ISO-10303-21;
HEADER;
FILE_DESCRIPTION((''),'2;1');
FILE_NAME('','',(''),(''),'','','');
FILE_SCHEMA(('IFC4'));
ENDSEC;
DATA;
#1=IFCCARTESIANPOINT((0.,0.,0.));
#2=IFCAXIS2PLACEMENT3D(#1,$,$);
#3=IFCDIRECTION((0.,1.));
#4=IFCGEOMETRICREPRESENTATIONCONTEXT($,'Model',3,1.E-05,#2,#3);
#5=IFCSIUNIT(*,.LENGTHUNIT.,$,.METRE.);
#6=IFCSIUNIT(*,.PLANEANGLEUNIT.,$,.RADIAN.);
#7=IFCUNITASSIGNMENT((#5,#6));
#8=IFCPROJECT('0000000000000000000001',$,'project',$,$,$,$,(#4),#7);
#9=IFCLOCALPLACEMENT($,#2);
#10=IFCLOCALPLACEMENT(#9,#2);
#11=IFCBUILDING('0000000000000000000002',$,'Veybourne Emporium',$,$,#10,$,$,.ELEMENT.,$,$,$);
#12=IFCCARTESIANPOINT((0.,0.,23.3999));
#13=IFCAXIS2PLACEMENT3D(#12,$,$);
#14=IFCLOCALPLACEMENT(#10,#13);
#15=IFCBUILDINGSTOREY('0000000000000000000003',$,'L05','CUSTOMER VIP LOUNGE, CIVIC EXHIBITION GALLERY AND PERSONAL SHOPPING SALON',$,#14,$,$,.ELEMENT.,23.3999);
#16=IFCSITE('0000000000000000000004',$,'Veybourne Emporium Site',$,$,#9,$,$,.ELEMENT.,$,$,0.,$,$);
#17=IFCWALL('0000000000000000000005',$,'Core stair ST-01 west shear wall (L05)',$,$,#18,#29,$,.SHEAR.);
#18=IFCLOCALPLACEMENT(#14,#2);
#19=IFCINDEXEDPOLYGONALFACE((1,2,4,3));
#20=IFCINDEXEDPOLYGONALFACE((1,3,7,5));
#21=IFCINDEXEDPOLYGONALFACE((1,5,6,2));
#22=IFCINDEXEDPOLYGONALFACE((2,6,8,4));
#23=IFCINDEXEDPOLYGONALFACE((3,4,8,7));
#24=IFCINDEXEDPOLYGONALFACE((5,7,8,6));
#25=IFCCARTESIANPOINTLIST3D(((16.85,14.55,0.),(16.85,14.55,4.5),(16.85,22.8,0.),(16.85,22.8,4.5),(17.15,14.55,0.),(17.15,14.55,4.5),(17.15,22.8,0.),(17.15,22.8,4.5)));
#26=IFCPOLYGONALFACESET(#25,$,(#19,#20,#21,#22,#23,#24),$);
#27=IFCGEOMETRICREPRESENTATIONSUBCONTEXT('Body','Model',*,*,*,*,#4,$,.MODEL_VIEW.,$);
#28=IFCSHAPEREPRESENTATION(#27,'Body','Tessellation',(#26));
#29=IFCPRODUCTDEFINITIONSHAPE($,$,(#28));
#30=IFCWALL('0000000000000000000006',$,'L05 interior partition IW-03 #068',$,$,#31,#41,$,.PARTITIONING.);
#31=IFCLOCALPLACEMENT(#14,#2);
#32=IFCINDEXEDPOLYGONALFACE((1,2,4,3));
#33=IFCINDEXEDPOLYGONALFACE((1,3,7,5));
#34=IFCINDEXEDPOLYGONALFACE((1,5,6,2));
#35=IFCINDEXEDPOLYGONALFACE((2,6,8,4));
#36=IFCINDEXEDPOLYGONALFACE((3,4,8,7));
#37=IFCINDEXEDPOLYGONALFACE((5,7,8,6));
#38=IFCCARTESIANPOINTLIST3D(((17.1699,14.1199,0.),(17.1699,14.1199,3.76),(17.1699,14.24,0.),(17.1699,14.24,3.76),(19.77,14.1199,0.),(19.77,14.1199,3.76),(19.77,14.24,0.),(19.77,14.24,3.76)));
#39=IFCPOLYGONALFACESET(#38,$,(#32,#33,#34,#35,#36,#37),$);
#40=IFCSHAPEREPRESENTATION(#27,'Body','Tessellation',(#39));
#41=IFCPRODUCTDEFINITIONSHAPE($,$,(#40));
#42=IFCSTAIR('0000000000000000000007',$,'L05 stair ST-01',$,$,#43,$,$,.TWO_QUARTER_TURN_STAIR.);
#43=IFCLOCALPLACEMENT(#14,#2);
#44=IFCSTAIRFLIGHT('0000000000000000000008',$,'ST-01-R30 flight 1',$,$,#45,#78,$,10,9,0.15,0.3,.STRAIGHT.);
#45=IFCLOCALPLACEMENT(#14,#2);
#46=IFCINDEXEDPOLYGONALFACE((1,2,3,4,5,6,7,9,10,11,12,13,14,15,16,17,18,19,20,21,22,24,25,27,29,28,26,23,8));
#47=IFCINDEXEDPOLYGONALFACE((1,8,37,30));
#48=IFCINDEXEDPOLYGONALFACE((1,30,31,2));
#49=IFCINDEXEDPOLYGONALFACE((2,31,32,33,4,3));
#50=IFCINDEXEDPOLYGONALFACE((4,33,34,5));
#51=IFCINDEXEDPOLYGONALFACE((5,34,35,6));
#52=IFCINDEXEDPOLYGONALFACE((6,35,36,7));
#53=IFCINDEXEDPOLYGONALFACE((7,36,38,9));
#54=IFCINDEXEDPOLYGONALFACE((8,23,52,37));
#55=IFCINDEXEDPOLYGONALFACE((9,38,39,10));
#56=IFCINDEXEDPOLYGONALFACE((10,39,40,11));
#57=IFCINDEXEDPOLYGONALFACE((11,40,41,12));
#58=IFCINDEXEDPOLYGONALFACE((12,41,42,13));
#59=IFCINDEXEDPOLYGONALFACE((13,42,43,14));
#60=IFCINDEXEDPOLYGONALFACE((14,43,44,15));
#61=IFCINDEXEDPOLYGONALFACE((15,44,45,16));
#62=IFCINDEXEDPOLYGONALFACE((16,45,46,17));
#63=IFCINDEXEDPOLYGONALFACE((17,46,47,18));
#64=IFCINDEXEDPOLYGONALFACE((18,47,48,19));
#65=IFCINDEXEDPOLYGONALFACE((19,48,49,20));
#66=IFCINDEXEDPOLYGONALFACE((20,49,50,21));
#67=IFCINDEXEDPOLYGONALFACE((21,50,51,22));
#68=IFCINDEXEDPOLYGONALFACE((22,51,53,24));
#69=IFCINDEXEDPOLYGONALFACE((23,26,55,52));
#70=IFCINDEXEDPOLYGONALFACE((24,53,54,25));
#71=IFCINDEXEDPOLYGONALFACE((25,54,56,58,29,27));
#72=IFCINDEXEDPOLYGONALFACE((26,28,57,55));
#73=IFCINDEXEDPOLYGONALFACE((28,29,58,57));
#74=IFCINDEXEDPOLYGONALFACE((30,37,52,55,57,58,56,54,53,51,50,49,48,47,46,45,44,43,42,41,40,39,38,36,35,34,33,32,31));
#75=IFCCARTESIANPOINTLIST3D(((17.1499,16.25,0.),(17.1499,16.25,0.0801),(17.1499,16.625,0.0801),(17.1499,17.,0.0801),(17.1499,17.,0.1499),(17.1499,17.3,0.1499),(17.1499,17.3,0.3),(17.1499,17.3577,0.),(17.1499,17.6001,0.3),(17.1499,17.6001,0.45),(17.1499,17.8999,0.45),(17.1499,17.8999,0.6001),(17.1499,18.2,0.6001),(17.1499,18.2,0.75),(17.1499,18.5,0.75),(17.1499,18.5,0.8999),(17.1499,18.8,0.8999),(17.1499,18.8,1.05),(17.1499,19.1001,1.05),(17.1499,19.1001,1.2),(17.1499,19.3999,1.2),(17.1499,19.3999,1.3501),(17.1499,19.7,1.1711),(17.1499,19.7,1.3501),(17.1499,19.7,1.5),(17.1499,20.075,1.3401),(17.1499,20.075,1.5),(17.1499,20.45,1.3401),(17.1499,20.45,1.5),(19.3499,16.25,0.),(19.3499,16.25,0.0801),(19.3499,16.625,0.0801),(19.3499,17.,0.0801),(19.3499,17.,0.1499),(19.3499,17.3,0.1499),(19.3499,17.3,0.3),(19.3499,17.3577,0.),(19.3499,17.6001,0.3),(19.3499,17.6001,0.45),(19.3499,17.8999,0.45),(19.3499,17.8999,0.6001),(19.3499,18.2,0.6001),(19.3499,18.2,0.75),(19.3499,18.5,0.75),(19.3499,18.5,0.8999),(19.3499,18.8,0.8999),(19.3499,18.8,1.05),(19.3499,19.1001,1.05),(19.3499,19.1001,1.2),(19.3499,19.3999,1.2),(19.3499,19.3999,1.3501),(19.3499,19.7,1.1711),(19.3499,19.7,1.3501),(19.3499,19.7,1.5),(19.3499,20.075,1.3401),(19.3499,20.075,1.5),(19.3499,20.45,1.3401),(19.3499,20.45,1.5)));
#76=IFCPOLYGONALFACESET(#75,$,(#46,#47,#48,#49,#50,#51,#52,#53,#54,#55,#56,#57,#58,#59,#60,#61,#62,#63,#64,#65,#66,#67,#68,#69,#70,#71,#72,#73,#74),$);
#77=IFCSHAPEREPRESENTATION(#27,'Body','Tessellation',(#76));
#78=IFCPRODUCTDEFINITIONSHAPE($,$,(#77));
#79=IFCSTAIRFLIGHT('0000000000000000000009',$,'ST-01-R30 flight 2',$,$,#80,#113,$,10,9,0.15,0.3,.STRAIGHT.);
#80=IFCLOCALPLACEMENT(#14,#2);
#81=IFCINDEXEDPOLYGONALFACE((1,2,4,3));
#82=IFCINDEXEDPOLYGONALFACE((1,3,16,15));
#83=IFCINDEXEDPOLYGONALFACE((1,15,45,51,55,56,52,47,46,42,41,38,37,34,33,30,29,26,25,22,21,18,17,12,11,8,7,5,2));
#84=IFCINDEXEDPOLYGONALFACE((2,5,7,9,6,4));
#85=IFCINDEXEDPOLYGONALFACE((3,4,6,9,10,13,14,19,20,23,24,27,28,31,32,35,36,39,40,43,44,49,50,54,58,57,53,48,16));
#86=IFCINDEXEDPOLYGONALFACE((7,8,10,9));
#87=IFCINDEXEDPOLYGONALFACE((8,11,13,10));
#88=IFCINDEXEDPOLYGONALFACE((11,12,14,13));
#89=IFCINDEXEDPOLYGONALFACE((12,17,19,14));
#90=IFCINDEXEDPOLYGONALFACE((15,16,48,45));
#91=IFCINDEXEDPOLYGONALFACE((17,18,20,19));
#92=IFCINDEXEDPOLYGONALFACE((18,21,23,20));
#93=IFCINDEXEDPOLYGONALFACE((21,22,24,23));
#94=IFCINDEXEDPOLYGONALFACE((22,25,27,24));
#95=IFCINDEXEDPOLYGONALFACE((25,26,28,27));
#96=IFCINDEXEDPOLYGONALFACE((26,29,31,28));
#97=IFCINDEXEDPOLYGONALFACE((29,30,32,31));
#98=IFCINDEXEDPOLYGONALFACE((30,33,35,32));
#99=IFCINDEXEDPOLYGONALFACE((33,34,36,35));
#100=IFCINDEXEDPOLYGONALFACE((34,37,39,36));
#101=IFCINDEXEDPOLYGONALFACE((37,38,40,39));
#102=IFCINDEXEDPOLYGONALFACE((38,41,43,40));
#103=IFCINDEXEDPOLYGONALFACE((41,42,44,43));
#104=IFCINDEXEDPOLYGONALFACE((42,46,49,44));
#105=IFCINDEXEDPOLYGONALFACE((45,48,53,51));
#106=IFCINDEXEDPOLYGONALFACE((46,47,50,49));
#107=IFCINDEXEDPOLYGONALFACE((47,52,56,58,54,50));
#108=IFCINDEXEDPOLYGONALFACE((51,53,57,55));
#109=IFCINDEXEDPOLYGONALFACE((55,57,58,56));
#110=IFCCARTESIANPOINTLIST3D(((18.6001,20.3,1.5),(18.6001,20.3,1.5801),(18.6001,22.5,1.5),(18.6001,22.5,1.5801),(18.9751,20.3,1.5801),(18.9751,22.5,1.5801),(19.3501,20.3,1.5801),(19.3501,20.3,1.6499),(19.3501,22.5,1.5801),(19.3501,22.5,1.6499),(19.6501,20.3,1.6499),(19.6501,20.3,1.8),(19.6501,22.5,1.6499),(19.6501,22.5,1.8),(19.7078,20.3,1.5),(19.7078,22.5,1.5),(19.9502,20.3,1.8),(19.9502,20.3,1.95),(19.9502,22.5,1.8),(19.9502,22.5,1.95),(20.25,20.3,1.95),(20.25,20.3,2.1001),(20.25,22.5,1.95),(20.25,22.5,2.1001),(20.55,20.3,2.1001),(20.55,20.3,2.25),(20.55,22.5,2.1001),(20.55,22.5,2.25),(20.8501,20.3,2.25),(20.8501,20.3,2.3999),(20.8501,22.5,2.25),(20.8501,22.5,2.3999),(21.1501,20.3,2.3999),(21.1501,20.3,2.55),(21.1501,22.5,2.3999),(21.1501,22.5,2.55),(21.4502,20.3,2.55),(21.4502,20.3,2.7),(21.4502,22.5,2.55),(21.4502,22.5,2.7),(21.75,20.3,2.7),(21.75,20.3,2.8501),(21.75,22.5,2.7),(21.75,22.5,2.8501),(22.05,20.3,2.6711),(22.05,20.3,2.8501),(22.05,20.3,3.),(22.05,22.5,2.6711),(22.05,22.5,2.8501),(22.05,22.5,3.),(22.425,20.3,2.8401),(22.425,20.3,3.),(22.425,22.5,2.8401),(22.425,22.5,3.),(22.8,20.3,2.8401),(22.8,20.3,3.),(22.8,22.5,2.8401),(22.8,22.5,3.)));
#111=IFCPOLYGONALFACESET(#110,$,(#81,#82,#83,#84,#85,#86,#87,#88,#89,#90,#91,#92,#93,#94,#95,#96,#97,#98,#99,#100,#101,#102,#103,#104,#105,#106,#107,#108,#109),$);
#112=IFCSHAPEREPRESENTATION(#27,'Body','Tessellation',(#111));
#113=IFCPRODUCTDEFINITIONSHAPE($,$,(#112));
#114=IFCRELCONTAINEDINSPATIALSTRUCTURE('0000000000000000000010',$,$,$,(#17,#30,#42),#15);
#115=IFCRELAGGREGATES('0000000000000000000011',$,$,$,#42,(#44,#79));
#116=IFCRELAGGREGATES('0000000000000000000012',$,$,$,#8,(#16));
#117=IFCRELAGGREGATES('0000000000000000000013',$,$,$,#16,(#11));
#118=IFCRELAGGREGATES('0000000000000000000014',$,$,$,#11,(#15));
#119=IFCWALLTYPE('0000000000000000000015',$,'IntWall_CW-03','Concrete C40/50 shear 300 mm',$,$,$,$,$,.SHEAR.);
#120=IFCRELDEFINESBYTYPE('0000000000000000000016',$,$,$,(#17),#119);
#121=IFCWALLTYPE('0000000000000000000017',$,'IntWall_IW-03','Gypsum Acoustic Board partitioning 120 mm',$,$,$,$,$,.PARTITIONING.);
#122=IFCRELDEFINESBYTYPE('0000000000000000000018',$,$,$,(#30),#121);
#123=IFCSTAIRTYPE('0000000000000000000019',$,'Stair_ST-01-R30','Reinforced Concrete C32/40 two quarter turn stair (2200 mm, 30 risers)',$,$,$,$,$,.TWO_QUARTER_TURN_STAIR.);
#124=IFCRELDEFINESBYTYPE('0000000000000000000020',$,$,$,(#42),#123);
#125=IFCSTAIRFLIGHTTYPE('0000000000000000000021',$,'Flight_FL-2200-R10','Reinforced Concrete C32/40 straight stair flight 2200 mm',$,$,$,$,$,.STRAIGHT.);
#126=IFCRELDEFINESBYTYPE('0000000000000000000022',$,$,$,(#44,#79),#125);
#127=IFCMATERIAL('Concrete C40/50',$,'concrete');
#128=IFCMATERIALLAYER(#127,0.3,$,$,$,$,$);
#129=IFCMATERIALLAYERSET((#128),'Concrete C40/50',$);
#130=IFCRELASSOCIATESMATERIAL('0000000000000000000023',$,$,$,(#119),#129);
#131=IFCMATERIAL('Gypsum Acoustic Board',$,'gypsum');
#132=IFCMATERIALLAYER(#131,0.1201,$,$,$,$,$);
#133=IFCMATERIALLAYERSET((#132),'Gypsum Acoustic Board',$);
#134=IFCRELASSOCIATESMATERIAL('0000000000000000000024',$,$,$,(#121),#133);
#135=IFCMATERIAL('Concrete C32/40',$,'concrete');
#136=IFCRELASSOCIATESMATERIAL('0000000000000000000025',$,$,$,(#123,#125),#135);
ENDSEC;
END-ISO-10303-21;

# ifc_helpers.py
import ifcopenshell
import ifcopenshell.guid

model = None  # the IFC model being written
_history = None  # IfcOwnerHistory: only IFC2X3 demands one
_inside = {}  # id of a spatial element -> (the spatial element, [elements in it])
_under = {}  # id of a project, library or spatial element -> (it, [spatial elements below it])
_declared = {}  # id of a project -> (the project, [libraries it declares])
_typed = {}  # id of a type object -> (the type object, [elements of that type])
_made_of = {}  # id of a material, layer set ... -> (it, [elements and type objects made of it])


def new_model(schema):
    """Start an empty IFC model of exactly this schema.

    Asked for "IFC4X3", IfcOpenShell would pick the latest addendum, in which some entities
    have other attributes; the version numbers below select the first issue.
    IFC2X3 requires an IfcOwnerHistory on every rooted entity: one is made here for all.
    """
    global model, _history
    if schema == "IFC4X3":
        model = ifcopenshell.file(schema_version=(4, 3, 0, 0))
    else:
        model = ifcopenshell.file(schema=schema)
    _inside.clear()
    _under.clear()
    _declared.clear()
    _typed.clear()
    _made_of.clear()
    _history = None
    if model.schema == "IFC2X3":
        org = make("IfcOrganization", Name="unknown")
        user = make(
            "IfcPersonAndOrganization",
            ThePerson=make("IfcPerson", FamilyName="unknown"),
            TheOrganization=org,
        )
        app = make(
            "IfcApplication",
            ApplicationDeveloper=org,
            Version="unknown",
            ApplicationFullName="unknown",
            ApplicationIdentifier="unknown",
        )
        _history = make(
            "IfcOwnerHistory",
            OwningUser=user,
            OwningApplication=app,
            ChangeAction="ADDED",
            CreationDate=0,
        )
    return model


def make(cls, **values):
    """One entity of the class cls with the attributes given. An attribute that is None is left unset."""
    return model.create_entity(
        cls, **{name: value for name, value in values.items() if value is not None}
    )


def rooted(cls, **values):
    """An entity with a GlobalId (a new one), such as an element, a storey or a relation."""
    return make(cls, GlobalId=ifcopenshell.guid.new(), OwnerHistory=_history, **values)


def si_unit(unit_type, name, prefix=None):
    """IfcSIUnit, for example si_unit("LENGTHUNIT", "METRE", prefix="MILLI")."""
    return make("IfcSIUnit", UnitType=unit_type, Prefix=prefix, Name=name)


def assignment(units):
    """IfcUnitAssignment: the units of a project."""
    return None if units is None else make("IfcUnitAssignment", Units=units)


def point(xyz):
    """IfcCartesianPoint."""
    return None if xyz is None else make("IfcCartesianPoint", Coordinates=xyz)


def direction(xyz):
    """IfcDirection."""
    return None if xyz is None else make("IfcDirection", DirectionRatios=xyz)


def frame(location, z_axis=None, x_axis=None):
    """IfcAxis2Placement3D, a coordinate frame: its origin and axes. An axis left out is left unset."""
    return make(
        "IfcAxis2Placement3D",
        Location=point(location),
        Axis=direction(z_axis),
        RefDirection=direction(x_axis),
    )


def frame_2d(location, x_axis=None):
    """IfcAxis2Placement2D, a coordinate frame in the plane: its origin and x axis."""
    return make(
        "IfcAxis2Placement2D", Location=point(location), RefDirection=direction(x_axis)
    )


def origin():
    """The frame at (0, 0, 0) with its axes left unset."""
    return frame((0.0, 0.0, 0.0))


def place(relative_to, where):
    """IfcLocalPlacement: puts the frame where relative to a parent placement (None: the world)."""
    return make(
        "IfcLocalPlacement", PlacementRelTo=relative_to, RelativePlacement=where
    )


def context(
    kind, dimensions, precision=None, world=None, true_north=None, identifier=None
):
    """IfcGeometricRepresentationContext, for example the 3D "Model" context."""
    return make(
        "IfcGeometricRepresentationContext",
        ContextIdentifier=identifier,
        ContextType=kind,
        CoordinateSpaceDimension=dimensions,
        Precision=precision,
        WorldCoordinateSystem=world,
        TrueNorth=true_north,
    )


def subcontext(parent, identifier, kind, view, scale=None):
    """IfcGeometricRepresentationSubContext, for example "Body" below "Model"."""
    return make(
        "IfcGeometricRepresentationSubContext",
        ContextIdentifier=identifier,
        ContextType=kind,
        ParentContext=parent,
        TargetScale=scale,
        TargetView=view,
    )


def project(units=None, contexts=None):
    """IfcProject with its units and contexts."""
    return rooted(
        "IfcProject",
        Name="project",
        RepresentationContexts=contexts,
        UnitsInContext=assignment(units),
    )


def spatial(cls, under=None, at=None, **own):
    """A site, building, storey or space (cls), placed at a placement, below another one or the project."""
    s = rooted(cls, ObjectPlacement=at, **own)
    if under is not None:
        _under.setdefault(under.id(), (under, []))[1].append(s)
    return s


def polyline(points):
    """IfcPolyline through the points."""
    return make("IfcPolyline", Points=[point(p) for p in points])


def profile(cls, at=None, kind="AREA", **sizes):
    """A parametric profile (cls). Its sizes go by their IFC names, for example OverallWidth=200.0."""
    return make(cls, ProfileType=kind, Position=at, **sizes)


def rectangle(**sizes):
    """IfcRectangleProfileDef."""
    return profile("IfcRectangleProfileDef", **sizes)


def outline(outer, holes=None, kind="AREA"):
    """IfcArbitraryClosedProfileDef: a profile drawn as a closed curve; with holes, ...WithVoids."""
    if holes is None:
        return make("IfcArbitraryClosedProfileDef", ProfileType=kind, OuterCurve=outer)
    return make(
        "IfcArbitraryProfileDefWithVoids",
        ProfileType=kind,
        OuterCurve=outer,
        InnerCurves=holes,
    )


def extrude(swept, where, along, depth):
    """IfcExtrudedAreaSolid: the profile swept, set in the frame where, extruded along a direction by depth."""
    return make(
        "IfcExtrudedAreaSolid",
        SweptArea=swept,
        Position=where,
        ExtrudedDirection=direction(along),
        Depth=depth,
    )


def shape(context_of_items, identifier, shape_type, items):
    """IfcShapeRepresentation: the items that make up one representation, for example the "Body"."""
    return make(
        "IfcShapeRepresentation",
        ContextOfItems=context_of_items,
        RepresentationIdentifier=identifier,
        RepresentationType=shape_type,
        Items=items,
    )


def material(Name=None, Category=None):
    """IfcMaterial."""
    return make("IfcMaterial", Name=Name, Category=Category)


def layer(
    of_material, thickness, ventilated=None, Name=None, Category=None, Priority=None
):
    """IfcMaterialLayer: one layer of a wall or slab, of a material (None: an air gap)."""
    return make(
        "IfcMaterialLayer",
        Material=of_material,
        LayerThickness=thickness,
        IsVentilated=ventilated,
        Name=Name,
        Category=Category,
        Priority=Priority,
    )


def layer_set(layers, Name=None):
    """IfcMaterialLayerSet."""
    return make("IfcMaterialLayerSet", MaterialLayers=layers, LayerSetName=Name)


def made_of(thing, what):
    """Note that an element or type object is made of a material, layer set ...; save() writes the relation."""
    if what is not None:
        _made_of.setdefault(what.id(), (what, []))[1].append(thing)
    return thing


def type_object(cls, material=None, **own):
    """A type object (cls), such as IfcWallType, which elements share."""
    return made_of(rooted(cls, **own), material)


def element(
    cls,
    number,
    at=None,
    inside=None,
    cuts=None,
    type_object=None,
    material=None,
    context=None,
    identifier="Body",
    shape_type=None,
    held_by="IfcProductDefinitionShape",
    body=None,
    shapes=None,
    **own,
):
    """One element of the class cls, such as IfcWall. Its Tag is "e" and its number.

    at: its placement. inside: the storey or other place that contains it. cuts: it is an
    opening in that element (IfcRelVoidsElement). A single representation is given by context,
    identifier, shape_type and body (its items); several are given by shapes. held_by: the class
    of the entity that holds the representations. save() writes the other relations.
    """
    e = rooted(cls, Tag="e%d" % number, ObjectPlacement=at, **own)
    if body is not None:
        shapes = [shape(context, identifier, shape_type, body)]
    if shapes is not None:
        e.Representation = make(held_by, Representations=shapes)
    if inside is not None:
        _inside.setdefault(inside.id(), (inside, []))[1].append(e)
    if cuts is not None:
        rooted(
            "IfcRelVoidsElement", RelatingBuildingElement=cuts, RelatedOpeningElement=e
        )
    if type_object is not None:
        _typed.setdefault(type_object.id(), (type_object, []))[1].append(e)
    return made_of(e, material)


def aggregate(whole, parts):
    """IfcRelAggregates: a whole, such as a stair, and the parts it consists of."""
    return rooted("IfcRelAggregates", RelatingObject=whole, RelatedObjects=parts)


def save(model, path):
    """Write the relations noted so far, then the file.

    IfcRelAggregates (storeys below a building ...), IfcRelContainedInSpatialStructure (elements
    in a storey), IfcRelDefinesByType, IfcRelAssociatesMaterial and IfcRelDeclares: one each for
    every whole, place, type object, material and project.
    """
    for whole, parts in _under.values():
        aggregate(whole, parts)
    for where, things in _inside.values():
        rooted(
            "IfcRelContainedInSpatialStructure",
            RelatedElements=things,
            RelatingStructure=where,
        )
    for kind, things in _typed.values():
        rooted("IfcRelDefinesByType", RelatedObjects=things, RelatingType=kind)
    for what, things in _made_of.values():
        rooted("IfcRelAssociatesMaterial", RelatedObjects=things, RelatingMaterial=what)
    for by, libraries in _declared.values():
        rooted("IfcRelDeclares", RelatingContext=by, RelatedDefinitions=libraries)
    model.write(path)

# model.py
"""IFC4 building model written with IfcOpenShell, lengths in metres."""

from ifc_helpers import new_model, si_unit, direction, frame, frame_2d, origin, place, context, subcontext, project, spatial, polyline, rectangle, outline, extrude, material, layer, layer_set, type_object, element, aggregate, save


model = new_model("IFC4")

# Units and contexts
model_context = context("Model", 3, precision=1e-05, world=origin(), true_north=direction((0.0, 1.0)))
body_context = subcontext(model_context, "Body", "Model", "MODEL_VIEW")
ifc_project = project(units=[si_unit("LENGTHUNIT", "METRE"), si_unit("PLANEANGLEUNIT", "RADIAN")], contexts=[model_context])

# Site, building, storey
site_placement = place(None, origin())
site = spatial("IfcSite", under=ifc_project, at=site_placement, Name="Veybourne Emporium Site", CompositionType="ELEMENT", RefElevation=0.0)
building_placement = place(site_placement, origin())
building = spatial("IfcBuilding", under=site, at=building_placement, Name="Veybourne Emporium", CompositionType="ELEMENT")
storey_placement = place(building_placement, frame((0.0, 0.0, 23.3999)))
storey = spatial("IfcBuildingStorey", under=building, at=storey_placement, Name="L05", Description="CUSTOMER VIP LOUNGE, CIVIC EXHIBITION GALLERY AND PERSONAL SHOPPING SALON", CompositionType="ELEMENT", Elevation=23.3999)

# Shared definitions
ifc_material_1 = material(Name="Concrete C40/50", Category="concrete")

# Shared definitions
ifc_material_2 = material(Name="Concrete C32/40", Category="concrete")

# Walls
ifc_layer_1 = layer(ifc_material_1, 0.3)
ifc_layer_set_1 = layer_set([ifc_layer_1], Name="Concrete C40/50")
wall_type_1 = type_object("IfcWallType", Name="IntWall_CW-03", Description="Concrete C40/50 shear 300 mm", PredefinedType="SHEAR", material=ifc_layer_set_1)
wall_1_placement = place(storey_placement, frame((17.0, 22.8, 0.0), z_axis=(0.0, 0.0, 1.0), x_axis=(0.0, -1.0, 0.0)))
element("IfcWall", 1, at=wall_1_placement, inside=storey, type_object=wall_type_1, Name="Core stair ST-01 west shear wall (L05)", PredefinedType="SHEAR", context=body_context, shape_type="SweptSolid", body=[
    extrude(rectangle(XDim=8.25, YDim=0.3, at=frame_2d((4.125, 0.0))), origin(), (0.0, 0.0, 1.0), 4.5),
])
ifc_material_3 = material(Name="Gypsum Acoustic Board", Category="gypsum")
ifc_layer_2 = layer(ifc_material_3, 0.1201)
ifc_layer_set_2 = layer_set([ifc_layer_2], Name="Gypsum Acoustic Board")
wall_type_2 = type_object("IfcWallType", Name="IntWall_IW-03", Description="Gypsum Acoustic Board partitioning 120 mm", PredefinedType="PARTITIONING", material=ifc_layer_set_2)
wall_2_placement = place(storey_placement, frame((17.1699, 14.1799, 0.0), z_axis=(0.0, 0.0, 1.0), x_axis=(1.0, 0.0, 0.0)))
element("IfcWall", 2, at=wall_2_placement, inside=storey, type_object=wall_type_2, Name="L05 interior partition IW-03 #068", PredefinedType="PARTITIONING", context=body_context, shape_type="SweptSolid", body=[
    extrude(rectangle(XDim=2.6001, YDim=0.1201, at=frame_2d((1.3, 0.0))), origin(), (0.0, 0.0, 1.0), 3.76),
])

# Stair, stair flights
stair_type = type_object("IfcStairType", Name="Stair_ST-01-R30", Description="Reinforced Concrete C32/40 two quarter turn stair (2200 mm, 30 risers)", PredefinedType="TWO_QUARTER_TURN_STAIR", material=ifc_material_2)
stair_placement = place(storey_placement, origin())
stair = element("IfcStair", 3, at=stair_placement, inside=storey, type_object=stair_type, Name="L05 stair ST-01", PredefinedType="TWO_QUARTER_TURN_STAIR")
stair_flight_type = type_object("IfcStairFlightType", Name="Flight_FL-2200-R10", Description="Reinforced Concrete C32/40 straight stair flight 2200 mm", PredefinedType="STRAIGHT", material=ifc_material_2)
stair_flight_1_placement = place(storey_placement, frame((18.25, 17.0, 0.0), z_axis=(0.0, 0.0, 1.0), x_axis=(0.0, 1.0, 0.0)))
stair_flight_1 = element("IfcStairFlight", 4, at=stair_flight_1_placement, type_object=stair_flight_type, Name="ST-01-R30 flight 1", NumberOfRisers=10, NumberOfTreads=9, PredefinedType="STRAIGHT", RiserHeight=0.15, TreadLength=0.3, context=body_context, shape_type="SweptSolid", body=[
    extrude(outline(polyline([(-0.75, 0.0), (-0.75, 0.0801), (-0.375, 0.0801), (0.0, 0.0801), (0.0, 0.1499), (0.3, 0.1499), (0.3, 0.3), (0.6001, 0.3), (0.6001, 0.45), (0.8999, 0.45), (0.8999, 0.6001), (1.2, 0.6001), (1.2, 0.75), (1.5, 0.75), (1.5, 0.8999), (1.8, 0.8999), (1.8, 1.05), (2.1001, 1.05), (2.1001, 1.2), (2.3999, 1.2), (2.3999, 1.3501), (2.7, 1.3501), (2.7, 1.5), (3.075, 1.5), (3.45, 1.5), (3.45, 1.3401), (3.075, 1.3401), (2.7, 1.1711), (0.3577, 0.0), (-0.75, 0.0)])), frame((0.0, 1.1001, 0.0), z_axis=(0.0, -1.0, 0.0), x_axis=(1.0, 0.0, 0.0)), (0.0, 0.0, 1.0), 2.2),
])
stair_flight_2_placement = place(storey_placement, frame((19.3501, 21.3999, 1.5), z_axis=(0.0, 0.0, 1.0), x_axis=(1.0, 0.0, 0.0)))
stair_flight_2 = element("IfcStairFlight", 5, at=stair_flight_2_placement, type_object=stair_flight_type, Name="ST-01-R30 flight 2", NumberOfRisers=10, NumberOfTreads=9, PredefinedType="STRAIGHT", RiserHeight=0.15, TreadLength=0.3, context=body_context, shape_type="SweptSolid", body=[
    extrude(outline(polyline([(-0.75, 0.0), (-0.75, 0.0801), (-0.375, 0.0801), (0.0, 0.0801), (0.0, 0.1499), (0.3, 0.1499), (0.3, 0.3), (0.6001, 0.3), (0.6001, 0.45), (0.8999, 0.45), (0.8999, 0.6001), (1.2, 0.6001), (1.2, 0.75), (1.5, 0.75), (1.5, 0.8999), (1.8, 0.8999), (1.8, 1.05), (2.1001, 1.05), (2.1001, 1.2), (2.3999, 1.2), (2.3999, 1.3501), (2.7, 1.3501), (2.7, 1.5), (3.075, 1.5), (3.45, 1.5), (3.45, 1.3401), (3.075, 1.3401), (2.7, 1.1711), (0.3577, 0.0), (-0.75, 0.0)])), frame((0.0, 1.1001, 0.0), z_axis=(0.0, -1.0, 0.0), x_axis=(1.0, 0.0, 0.0)), (0.0, 0.0, 1.0), 2.2),
])
aggregate(stair, [stair_flight_1, stair_flight_2])

save(model, "model.ifc")
